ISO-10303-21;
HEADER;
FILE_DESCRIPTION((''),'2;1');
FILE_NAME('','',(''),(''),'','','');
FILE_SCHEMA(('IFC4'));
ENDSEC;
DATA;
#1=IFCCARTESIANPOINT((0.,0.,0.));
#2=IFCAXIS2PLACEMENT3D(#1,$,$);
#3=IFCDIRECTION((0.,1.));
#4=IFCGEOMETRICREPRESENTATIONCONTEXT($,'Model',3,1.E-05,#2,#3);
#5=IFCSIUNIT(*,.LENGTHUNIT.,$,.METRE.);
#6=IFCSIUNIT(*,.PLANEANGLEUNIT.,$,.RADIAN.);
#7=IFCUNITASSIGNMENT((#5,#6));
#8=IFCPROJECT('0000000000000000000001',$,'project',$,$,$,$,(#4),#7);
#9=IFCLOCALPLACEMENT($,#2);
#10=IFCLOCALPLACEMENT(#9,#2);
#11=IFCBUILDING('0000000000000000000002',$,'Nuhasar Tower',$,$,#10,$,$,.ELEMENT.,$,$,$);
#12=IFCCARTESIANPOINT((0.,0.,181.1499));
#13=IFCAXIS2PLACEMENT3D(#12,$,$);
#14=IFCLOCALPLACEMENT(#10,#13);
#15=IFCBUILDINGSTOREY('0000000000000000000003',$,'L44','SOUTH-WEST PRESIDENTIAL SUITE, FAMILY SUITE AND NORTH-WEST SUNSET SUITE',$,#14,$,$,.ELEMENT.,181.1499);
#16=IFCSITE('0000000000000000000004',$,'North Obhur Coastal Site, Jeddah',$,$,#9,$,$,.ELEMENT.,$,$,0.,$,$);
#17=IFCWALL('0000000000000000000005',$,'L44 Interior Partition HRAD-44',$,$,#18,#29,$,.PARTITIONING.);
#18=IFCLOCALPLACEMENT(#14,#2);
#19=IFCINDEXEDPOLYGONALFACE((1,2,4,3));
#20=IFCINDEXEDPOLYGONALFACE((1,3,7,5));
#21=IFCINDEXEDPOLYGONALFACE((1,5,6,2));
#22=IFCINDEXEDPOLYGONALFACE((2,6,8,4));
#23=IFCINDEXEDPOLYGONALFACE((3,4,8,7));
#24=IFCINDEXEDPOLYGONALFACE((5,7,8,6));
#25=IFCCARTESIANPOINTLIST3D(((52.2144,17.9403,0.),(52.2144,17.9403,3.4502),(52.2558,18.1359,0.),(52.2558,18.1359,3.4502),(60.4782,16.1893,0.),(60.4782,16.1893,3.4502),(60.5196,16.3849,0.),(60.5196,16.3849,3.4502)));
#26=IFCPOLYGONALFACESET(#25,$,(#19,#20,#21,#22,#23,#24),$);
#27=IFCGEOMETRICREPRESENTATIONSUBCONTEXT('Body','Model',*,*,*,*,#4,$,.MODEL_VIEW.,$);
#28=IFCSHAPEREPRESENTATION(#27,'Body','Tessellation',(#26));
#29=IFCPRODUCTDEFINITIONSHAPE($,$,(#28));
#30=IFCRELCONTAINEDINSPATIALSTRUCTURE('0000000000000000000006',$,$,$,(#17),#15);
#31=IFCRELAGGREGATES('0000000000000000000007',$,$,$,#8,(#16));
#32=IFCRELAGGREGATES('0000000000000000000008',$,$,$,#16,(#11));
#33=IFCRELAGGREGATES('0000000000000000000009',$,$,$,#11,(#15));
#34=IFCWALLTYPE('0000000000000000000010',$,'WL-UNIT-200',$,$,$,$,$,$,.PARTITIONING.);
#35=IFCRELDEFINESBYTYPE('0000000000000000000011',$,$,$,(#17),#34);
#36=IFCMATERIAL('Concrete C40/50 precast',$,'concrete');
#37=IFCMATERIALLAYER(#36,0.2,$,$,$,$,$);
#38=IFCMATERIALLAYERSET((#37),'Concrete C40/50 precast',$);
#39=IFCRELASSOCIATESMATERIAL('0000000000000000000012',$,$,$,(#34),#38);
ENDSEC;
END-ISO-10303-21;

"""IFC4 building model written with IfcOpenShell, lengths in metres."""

from ifc_helpers import new_model, si_unit, direction, frame, frame_2d, origin, place, context, subcontext, project, spatial, rectangle, extrude, material, layer, layer_set, type_object, element, save


model = new_model("IFC4")

# Units and contexts
model_context = context("Model", 3, precision=1e-05, world=origin(), true_north=direction((0.0, 1.0)))
body_context = subcontext(model_context, "Body", "Model", "MODEL_VIEW")
ifc_project = project(units=[si_unit("LENGTHUNIT", "METRE"), si_unit("PLANEANGLEUNIT", "RADIAN")], contexts=[model_context])

# Site, building, storey
site_placement = place(None, origin())
site = spatial("IfcSite", under=ifc_project, at=site_placement, Name="North Obhur Coastal Site, Jeddah", CompositionType="ELEMENT", RefElevation=0.0)
building_placement = place(site_placement, origin())
building = spatial("IfcBuilding", under=site, at=building_placement, Name="Nuhasar Tower", CompositionType="ELEMENT")
storey_placement = place(building_placement, frame((0.0, 0.0, 181.1499)))
storey = spatial("IfcBuildingStorey", under=building, at=storey_placement, Name="L44", Description="SOUTH-WEST PRESIDENTIAL SUITE, FAMILY SUITE AND NORTH-WEST SUNSET SUITE", CompositionType="ELEMENT", Elevation=181.1499)

# Wall
ifc_material_1 = material(Name="Concrete C40/50 precast", Category="concrete")
ifc_layer_1 = layer(ifc_material_1, 0.2)
ifc_layer_set_1 = layer_set([ifc_layer_1], Name="Concrete C40/50 precast")
wall_type_1 = type_object("IfcWallType", Name="WL-UNIT-200", PredefinedType="PARTITIONING", material=ifc_layer_set_1)
wall_1_placement = place(storey_placement, frame((52.2351, 18.0381, 0.0), z_axis=(0.0, 0.0, 1.0), x_axis=(0.978282, -0.20728, 0.0)))
element("IfcWall", 1, at=wall_1_placement, inside=storey, type_object=wall_type_1, Name="L44 Interior Partition HRAD-44", PredefinedType="PARTITIONING", context=body_context, shape_type="SweptSolid", body=[
    extrude(rectangle(XDim=8.4473, YDim=0.2, at=frame_2d((4.2236, 0.0))), origin(), (0.0, 0.0, 1.0), 3.4502),
])

save(model, "model.ifc")
